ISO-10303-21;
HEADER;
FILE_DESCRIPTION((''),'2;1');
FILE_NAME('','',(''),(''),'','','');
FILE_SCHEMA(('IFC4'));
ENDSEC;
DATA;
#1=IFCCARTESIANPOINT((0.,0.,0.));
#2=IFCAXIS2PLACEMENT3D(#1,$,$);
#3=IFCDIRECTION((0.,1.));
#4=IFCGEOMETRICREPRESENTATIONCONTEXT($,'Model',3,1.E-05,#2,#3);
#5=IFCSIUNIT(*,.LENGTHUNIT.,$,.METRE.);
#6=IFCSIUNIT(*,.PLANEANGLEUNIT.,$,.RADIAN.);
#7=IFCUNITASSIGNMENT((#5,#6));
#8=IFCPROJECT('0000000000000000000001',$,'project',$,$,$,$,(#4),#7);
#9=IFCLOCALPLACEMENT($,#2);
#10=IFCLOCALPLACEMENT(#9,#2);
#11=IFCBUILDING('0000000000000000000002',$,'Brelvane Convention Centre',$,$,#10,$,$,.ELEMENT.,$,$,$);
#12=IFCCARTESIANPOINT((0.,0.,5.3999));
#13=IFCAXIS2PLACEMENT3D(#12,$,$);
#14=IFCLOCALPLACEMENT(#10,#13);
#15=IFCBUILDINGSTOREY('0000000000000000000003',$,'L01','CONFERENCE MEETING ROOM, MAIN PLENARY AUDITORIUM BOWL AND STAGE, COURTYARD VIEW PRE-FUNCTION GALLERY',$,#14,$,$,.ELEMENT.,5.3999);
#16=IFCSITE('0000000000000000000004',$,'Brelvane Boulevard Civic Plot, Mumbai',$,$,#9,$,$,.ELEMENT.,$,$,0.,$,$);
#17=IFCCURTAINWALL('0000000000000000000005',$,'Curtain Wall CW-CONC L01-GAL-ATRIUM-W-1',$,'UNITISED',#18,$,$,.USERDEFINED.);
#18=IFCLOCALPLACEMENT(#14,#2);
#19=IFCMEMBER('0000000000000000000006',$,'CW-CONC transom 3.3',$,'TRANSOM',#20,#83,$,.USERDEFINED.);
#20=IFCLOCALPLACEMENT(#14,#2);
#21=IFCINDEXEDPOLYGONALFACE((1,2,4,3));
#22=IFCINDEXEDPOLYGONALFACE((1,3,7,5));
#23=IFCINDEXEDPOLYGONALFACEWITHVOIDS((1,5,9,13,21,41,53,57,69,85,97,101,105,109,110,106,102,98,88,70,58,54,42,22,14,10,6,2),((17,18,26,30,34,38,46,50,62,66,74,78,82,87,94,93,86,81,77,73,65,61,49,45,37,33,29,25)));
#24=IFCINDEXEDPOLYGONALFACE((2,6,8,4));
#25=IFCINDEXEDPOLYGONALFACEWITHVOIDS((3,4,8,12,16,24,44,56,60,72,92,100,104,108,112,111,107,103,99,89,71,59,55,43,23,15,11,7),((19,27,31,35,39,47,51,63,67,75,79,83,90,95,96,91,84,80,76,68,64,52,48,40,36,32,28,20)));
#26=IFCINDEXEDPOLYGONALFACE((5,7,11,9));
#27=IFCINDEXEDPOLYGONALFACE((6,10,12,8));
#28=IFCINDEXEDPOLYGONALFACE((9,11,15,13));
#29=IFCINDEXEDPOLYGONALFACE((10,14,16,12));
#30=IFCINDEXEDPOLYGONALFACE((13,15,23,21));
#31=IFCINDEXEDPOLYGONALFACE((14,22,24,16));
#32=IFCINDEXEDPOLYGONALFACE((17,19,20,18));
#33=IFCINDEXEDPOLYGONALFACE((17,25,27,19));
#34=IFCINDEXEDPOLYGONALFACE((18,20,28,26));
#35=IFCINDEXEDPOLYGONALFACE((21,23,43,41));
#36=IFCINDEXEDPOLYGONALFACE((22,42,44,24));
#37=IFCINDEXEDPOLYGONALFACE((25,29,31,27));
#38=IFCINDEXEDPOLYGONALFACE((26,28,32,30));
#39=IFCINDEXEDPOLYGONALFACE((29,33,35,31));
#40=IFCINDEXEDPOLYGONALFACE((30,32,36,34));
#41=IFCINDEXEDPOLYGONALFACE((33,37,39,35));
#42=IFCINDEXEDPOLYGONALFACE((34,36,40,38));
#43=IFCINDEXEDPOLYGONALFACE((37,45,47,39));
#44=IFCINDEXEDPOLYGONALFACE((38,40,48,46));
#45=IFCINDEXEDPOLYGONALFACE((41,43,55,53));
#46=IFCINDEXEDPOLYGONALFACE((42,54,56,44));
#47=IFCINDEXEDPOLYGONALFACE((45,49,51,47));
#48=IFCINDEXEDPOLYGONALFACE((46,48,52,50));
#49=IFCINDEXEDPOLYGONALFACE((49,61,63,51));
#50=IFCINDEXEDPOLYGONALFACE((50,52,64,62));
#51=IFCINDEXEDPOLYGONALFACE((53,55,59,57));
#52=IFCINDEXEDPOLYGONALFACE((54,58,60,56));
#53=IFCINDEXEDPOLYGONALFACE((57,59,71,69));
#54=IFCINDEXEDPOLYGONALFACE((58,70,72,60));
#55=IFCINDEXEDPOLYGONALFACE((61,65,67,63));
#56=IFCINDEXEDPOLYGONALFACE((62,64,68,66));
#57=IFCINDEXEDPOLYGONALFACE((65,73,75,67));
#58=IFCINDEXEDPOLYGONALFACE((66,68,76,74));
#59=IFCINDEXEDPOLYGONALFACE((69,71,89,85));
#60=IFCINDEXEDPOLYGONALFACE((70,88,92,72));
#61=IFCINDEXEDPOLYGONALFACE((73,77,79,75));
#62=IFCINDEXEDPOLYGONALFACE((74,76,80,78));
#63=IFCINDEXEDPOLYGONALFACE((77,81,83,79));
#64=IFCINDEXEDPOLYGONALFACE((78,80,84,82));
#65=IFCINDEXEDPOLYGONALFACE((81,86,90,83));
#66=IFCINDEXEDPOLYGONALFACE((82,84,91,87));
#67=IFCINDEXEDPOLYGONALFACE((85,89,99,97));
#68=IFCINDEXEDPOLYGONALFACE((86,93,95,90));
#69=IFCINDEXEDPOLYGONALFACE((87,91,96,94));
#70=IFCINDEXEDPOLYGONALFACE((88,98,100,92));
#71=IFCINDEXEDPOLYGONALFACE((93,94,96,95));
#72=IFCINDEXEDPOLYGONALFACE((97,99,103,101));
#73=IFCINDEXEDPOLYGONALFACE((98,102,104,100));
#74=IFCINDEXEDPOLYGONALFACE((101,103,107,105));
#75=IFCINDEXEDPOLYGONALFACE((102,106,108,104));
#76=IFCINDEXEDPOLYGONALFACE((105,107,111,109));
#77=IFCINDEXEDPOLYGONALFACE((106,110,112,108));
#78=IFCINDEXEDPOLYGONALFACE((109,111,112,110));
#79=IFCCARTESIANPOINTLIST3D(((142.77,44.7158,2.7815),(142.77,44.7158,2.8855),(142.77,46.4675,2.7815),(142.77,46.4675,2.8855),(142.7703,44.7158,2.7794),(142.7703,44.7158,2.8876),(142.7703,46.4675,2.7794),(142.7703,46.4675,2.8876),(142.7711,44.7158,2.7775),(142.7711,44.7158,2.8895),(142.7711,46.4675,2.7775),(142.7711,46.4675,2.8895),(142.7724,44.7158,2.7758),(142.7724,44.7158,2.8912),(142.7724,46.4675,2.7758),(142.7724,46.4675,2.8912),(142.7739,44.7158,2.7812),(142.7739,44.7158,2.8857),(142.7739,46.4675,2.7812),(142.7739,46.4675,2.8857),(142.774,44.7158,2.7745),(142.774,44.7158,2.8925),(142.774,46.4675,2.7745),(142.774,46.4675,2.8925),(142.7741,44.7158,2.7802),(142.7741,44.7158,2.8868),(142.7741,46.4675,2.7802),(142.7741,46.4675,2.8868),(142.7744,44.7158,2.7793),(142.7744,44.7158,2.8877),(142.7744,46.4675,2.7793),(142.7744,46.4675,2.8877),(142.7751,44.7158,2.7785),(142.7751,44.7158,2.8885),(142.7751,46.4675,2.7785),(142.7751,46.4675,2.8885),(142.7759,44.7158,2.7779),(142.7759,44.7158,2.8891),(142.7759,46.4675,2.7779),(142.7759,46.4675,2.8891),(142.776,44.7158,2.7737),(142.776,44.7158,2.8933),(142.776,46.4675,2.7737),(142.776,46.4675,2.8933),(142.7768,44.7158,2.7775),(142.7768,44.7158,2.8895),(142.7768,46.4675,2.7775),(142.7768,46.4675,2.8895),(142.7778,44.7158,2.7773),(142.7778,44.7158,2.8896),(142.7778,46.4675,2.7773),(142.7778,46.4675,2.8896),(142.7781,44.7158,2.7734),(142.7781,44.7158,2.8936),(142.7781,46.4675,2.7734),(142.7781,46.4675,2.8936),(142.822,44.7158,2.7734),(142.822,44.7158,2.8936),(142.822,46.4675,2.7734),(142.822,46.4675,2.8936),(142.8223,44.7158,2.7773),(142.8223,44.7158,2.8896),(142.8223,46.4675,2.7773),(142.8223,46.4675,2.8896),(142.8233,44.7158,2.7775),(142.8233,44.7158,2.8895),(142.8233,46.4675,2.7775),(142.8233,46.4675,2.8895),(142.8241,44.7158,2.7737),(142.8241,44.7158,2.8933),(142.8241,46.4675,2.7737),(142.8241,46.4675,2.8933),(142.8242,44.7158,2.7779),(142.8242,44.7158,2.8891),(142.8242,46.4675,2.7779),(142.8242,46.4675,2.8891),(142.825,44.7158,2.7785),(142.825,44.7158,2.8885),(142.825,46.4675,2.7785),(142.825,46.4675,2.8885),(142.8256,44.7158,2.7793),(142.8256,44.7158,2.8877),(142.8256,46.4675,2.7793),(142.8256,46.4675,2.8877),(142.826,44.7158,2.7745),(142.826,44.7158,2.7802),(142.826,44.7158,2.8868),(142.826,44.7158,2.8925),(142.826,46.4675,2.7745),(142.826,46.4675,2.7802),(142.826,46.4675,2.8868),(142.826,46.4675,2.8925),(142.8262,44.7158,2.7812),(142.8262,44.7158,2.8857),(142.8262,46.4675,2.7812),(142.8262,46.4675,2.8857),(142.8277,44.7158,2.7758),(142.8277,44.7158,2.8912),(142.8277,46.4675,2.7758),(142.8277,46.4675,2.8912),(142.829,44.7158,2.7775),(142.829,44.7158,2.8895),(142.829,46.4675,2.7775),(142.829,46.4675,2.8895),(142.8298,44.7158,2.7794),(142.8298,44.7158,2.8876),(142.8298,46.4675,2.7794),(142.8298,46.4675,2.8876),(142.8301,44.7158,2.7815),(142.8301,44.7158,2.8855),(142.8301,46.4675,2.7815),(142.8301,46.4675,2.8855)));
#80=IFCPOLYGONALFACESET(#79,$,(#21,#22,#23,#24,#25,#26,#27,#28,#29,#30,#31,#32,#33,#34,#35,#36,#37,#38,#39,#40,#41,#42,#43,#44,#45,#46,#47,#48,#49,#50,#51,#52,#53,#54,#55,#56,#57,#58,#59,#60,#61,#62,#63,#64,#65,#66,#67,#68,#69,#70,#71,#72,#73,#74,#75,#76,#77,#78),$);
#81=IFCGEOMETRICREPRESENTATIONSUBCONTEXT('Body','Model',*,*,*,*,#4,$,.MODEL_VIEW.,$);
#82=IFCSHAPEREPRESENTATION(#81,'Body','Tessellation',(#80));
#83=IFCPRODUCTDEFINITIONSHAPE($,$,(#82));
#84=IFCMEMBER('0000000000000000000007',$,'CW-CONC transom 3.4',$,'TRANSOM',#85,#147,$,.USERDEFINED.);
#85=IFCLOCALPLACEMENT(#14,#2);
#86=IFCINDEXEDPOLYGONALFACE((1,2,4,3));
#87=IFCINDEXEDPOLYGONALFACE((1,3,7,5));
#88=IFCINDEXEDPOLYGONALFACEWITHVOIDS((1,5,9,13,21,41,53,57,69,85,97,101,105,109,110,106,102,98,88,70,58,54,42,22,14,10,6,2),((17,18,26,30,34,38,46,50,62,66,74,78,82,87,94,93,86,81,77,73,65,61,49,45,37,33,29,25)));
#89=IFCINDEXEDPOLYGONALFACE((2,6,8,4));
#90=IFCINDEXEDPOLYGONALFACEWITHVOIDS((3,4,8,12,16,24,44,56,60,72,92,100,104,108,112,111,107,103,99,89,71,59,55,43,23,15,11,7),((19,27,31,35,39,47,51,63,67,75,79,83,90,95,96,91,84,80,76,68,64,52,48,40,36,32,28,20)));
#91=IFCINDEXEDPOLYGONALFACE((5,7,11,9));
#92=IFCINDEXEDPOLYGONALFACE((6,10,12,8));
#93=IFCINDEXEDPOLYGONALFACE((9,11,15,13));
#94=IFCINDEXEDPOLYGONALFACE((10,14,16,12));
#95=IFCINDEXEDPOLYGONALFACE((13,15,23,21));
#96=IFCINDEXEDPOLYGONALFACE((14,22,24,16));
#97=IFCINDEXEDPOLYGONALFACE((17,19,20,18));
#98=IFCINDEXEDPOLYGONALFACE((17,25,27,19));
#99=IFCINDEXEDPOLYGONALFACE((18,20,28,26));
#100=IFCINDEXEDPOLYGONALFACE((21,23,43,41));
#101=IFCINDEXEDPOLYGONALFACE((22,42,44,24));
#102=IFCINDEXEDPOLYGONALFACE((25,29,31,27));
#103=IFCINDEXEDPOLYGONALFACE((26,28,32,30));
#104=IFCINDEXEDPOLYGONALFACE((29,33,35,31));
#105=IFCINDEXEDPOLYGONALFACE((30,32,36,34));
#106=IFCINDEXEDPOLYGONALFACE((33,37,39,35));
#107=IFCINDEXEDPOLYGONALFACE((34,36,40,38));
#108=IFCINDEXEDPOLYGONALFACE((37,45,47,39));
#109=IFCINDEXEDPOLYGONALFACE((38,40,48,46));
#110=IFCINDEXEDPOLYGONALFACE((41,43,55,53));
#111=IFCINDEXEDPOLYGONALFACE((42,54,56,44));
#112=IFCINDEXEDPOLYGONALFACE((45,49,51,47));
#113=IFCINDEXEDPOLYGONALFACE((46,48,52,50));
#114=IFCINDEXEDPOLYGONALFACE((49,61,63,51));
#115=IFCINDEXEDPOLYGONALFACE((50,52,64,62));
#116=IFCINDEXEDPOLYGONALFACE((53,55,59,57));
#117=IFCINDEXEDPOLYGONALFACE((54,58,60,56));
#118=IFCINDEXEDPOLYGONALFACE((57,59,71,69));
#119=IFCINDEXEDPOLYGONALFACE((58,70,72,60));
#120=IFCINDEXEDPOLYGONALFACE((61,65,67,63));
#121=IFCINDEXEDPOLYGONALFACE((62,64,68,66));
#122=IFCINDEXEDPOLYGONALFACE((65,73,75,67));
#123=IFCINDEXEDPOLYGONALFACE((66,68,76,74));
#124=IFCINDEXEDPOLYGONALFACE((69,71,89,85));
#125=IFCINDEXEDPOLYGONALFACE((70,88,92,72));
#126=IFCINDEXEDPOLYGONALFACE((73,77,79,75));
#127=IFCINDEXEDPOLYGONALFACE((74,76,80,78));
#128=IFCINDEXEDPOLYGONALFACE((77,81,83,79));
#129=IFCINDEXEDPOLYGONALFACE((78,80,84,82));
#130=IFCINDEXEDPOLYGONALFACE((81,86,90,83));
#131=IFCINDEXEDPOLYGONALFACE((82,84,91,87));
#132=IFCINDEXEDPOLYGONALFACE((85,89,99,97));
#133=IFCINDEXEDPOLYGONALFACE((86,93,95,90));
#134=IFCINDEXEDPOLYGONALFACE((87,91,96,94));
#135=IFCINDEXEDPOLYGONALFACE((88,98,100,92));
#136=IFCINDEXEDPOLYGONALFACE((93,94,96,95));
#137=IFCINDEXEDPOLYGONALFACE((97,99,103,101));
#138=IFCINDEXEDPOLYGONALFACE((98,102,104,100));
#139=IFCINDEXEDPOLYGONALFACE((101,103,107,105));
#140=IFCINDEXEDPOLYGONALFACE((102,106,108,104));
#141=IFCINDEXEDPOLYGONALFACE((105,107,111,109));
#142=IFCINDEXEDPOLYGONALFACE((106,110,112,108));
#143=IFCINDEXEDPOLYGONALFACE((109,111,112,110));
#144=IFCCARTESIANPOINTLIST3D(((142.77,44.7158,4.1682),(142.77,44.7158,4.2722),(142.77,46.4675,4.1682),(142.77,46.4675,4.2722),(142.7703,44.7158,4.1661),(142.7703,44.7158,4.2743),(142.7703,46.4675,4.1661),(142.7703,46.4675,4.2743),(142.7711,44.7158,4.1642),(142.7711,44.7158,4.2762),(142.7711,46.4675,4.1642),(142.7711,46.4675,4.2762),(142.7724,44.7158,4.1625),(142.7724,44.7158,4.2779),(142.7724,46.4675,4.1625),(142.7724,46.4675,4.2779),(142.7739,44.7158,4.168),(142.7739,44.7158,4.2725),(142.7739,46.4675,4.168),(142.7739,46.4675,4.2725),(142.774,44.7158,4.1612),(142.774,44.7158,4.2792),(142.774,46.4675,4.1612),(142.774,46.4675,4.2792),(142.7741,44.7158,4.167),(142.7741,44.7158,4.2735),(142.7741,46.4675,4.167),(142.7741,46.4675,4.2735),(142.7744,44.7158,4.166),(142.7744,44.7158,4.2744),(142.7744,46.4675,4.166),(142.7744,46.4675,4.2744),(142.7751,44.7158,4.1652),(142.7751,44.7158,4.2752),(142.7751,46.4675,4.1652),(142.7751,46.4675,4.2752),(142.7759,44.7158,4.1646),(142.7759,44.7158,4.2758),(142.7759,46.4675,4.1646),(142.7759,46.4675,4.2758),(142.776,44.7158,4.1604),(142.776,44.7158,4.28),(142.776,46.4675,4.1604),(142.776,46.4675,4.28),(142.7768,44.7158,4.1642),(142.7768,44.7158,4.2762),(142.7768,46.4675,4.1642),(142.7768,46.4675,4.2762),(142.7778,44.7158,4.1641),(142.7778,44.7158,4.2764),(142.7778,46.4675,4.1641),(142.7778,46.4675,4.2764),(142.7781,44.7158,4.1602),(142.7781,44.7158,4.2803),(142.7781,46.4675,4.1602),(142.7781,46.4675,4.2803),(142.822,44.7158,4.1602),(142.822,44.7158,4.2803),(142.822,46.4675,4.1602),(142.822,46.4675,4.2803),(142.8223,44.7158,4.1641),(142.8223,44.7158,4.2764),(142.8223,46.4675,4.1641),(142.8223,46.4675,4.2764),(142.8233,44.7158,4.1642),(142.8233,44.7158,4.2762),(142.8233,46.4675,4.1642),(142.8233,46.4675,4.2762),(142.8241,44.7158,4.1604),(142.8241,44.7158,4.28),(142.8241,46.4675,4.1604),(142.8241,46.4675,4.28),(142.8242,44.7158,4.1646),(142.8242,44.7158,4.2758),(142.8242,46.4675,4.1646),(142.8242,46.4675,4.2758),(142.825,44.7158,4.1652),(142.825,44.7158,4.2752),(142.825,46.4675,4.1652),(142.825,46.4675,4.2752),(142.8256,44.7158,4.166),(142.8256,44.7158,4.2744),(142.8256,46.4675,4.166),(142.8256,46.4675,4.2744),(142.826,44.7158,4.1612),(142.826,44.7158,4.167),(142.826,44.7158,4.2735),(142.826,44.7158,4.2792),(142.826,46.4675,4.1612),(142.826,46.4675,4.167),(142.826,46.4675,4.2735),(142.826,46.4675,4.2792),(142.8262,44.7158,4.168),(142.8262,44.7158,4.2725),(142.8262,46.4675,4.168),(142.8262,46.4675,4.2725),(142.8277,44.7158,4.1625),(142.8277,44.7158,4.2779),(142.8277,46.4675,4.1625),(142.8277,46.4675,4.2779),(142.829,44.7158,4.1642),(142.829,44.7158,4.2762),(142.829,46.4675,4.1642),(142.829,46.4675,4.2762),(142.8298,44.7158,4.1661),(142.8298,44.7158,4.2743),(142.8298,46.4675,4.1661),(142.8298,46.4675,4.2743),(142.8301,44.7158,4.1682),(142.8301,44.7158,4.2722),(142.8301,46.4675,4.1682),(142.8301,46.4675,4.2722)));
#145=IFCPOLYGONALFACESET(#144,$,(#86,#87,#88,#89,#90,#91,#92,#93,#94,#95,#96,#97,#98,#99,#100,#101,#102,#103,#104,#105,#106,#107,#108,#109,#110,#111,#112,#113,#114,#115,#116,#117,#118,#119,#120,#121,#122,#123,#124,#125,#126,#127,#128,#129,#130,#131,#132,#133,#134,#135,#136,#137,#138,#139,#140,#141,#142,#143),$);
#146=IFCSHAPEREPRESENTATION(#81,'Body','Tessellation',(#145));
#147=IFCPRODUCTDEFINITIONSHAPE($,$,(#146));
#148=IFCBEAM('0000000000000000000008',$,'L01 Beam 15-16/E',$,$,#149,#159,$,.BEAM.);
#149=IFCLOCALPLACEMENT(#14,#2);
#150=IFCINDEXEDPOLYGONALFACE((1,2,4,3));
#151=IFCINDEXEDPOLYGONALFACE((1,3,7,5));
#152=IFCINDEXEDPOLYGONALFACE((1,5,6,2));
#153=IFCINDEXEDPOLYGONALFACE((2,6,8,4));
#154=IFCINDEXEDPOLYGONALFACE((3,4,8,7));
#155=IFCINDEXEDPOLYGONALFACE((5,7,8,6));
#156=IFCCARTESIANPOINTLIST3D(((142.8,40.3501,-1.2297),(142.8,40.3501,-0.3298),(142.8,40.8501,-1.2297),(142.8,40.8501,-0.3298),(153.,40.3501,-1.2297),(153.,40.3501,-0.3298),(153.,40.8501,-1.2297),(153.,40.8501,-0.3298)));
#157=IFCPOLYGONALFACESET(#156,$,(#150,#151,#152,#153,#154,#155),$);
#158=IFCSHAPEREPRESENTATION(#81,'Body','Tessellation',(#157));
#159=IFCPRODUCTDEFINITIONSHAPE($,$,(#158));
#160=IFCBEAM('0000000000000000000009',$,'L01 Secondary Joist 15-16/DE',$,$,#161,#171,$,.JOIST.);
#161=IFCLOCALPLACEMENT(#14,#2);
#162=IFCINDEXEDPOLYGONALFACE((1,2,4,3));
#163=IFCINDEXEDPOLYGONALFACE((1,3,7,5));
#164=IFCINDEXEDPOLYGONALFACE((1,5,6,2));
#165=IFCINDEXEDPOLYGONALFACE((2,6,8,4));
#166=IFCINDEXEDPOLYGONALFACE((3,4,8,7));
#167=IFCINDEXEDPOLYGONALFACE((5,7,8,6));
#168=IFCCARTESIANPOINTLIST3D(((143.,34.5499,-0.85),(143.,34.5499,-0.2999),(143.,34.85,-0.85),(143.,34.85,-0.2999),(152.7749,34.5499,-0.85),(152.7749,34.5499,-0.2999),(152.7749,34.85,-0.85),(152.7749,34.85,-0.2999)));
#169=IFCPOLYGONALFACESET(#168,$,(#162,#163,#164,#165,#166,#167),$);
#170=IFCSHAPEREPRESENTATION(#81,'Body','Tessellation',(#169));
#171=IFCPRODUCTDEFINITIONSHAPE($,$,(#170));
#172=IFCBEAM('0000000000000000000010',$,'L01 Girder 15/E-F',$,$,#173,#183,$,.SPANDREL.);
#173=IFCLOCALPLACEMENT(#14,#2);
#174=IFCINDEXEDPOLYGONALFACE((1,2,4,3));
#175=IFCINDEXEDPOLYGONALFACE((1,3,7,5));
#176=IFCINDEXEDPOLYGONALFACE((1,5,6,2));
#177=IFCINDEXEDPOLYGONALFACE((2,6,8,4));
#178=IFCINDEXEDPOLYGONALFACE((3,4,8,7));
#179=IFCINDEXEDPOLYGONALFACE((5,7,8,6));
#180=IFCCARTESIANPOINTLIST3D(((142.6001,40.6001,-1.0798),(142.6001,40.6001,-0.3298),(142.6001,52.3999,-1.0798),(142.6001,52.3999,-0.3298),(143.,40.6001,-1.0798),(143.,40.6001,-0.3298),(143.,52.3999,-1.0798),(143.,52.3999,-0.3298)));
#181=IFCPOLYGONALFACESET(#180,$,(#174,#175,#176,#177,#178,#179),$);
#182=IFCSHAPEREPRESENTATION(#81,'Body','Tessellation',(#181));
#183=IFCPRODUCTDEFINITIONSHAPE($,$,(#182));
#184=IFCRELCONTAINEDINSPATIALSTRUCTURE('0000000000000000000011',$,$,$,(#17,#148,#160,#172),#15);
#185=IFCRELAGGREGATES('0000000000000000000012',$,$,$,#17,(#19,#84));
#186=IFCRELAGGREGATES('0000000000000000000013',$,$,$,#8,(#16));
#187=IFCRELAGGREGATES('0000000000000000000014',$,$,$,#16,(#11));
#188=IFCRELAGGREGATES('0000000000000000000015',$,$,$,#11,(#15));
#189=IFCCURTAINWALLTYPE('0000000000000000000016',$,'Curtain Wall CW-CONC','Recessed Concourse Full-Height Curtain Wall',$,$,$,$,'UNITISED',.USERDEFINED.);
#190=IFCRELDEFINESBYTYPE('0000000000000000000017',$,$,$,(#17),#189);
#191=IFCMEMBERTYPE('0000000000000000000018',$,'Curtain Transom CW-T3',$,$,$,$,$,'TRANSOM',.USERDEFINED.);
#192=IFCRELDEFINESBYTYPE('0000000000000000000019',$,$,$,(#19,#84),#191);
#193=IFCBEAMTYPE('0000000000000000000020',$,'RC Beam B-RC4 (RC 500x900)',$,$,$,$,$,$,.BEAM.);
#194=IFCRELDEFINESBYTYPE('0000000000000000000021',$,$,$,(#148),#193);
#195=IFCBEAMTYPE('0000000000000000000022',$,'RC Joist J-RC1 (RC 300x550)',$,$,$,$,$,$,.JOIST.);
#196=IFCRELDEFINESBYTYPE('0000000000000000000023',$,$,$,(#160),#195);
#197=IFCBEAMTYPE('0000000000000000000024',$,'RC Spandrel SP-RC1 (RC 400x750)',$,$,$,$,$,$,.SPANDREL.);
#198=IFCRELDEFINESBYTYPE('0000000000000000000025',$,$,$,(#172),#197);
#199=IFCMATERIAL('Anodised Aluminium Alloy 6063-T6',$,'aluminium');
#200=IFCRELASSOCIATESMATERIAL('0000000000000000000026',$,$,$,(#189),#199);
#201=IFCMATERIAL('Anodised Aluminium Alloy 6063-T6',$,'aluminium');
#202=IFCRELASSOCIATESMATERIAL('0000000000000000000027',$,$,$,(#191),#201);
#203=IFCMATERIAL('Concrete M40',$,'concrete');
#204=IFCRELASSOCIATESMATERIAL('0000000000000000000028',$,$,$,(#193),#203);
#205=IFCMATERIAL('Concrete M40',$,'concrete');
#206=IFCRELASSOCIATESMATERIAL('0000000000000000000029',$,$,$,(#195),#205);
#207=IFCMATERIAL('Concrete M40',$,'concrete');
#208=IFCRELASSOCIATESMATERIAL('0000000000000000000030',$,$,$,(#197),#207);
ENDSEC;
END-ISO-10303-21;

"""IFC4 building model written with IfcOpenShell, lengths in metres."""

from ifc_helpers import new_model, si_unit, direction, frame, origin, origin_2d, place, context, subcontext, project, spatial, rectangle, hollow_rectangle, extrude, material, material_profile, profile_set, type_object, element, aggregate, save


model = new_model("IFC4")

# Units and contexts
model_context = context("Model", 3, precision=1e-05, world=origin(), true_north=direction((0.0, 1.0)))
body_context = subcontext(model_context, "Body", "Model", "MODEL_VIEW")
ifc_project = project(units=[si_unit("LENGTHUNIT", "METRE"), si_unit("PLANEANGLEUNIT", "RADIAN")], contexts=[model_context])

# Site, building, storey
site_placement = place(None, origin())
site = spatial("IfcSite", under=ifc_project, at=site_placement, Name="Brelvane Boulevard Civic Plot, Mumbai", CompositionType="ELEMENT", RefElevation=0.0)
building_placement = place(site_placement, origin())
building = spatial("IfcBuilding", under=site, at=building_placement, Name="Brelvane Convention Centre", CompositionType="ELEMENT")
storey_placement = place(building_placement, frame((0.0, 0.0, 5.3999)))
storey = spatial("IfcBuildingStorey", under=building, at=storey_placement, Name="L01", Description="CONFERENCE MEETING ROOM, MAIN PLENARY AUDITORIUM BOWL AND STAGE, COURTYARD VIEW PRE-FUNCTION GALLERY", CompositionType="ELEMENT", Elevation=5.3999)

# Curtain wall, members
ifc_material_1 = material(Name="Anodised Aluminium Alloy 6063-T6", Category="aluminium")
curtain_wall_type = type_object("IfcCurtainWallType", Name="Curtain Wall CW-CONC", Description="Recessed Concourse Full-Height Curtain Wall", ElementType="UNITISED", PredefinedType="USERDEFINED", material=ifc_material_1)
curtain_wall_placement = place(storey_placement, origin())
curtain_wall = element("IfcCurtainWall", 1, at=curtain_wall_placement, inside=storey, type_object=curtain_wall_type, Name="Curtain Wall CW-CONC L01-GAL-ATRIUM-W-1", ObjectType="UNITISED", PredefinedType="USERDEFINED")
ifc_material_2 = material(Name="Anodised Aluminium Alloy 6063-T6", Category="aluminium")
ifc_material_profile_1 = material_profile(ifc_material_2, hollow_rectangle(XDim=0.0601, YDim=0.1201, WallThickness=0.0039, InnerFilletRadius=0.0039, OuterFilletRadius=0.0081, at=origin_2d()), Name="ALU-T 120x60x4.0")
ifc_profile_set_1 = profile_set([ifc_material_profile_1], Name="Anodised Aluminium Alloy 6063-T6")
member_type_1 = type_object("IfcMemberType", Name="Curtain Transom CW-T3", ElementType="TRANSOM", PredefinedType="USERDEFINED", material=ifc_profile_set_1)
member_1_placement = place(storey_placement, frame((142.8, 44.7158, 2.8335), z_axis=(0.0, 1.0, 0.0), x_axis=(-1.0, 0.0, 0.0)))
member_1 = element("IfcMember", 2, at=member_1_placement, type_object=member_type_1, Name="CW-CONC transom 3.3", ObjectType="TRANSOM", PredefinedType="USERDEFINED", context=body_context, shape_type="SweptSolid", body=[
    extrude(hollow_rectangle(XDim=0.0601, YDim=0.1201, WallThickness=0.0039, InnerFilletRadius=0.0039, OuterFilletRadius=0.0081, at=origin_2d()), origin(), (0.0, 0.0, 1.0), 1.7517),
])
member_2_placement = place(storey_placement, frame((142.8, 44.7158, 4.2202), z_axis=(0.0, 1.0, 0.0), x_axis=(-1.0, 0.0, 0.0)))
member_2 = element("IfcMember", 3, at=member_2_placement, type_object=member_type_1, Name="CW-CONC transom 3.4", ObjectType="TRANSOM", PredefinedType="USERDEFINED", context=body_context, shape_type="SweptSolid", body=[
    extrude(hollow_rectangle(XDim=0.0601, YDim=0.1201, WallThickness=0.0039, InnerFilletRadius=0.0039, OuterFilletRadius=0.0081, at=origin_2d()), origin(), (0.0, 0.0, 1.0), 1.7517),
])

# Beams
ifc_material_3 = material(Name="Concrete M40", Category="concrete")
ifc_material_profile_2 = material_profile(ifc_material_3, rectangle(XDim=0.5, YDim=0.8999, at=origin_2d()), Name="RC 500x900")
ifc_profile_set_2 = profile_set([ifc_material_profile_2], Name="Concrete M40")
beam_type_1 = type_object("IfcBeamType", Name="RC Beam B-RC4 (RC 500x900)", PredefinedType="BEAM", material=ifc_profile_set_2)
beam_1_placement = place(storey_placement, frame((142.8, 40.6001, -0.7798), z_axis=(1.0, 0.0, 0.0), x_axis=(0.0, 1.0, 0.0)))
element("IfcBeam", 4, at=beam_1_placement, inside=storey, type_object=beam_type_1, Name="L01 Beam 15-16/E", PredefinedType="BEAM", context=body_context, shape_type="SweptSolid", body=[
    extrude(rectangle(XDim=0.5, YDim=0.8999, at=origin_2d()), origin(), (0.0, 0.0, 1.0), 10.2),
])
ifc_material_4 = material(Name="Concrete M40", Category="concrete")
ifc_material_profile_3 = material_profile(ifc_material_4, rectangle(XDim=0.3, YDim=0.55, at=origin_2d()), Name="RC 300x550")
ifc_profile_set_3 = profile_set([ifc_material_profile_3], Name="Concrete M40")
beam_type_2 = type_object("IfcBeamType", Name="RC Joist J-RC1 (RC 300x550)", PredefinedType="JOIST", material=ifc_profile_set_3)
beam_2_placement = place(storey_placement, frame((143.0, 34.7, -0.575), z_axis=(1.0, 0.0, 0.0), x_axis=(0.0, 1.0, 0.0)))
element("IfcBeam", 5, at=beam_2_placement, inside=storey, type_object=beam_type_2, Name="L01 Secondary Joist 15-16/DE", PredefinedType="JOIST", context=body_context, shape_type="SweptSolid", body=[
    extrude(rectangle(XDim=0.3, YDim=0.55, at=origin_2d()), origin(), (0.0, 0.0, 1.0), 9.7749),
])
ifc_material_5 = material(Name="Concrete M40", Category="concrete")
ifc_material_profile_4 = material_profile(ifc_material_5, rectangle(XDim=0.3999, YDim=0.75, at=origin_2d()), Name="RC 400x750")
ifc_profile_set_4 = profile_set([ifc_material_profile_4], Name="Concrete M40")
beam_type_3 = type_object("IfcBeamType", Name="RC Spandrel SP-RC1 (RC 400x750)", PredefinedType="SPANDREL", material=ifc_profile_set_4)
beam_3_placement = place(storey_placement, frame((142.8, 40.6001, -0.7048), z_axis=(0.0, 1.0, 0.0), x_axis=(-1.0, 0.0, 0.0)))
element("IfcBeam", 6, at=beam_3_placement, inside=storey, type_object=beam_type_3, Name="L01 Girder 15/E-F", PredefinedType="SPANDREL", context=body_context, shape_type="SweptSolid", body=[
    extrude(rectangle(XDim=0.3999, YDim=0.75, at=origin_2d()), origin(), (0.0, 0.0, 1.0), 11.7998),
])

aggregate(curtain_wall, [member_1, member_2])

save(model, "model.ifc")
